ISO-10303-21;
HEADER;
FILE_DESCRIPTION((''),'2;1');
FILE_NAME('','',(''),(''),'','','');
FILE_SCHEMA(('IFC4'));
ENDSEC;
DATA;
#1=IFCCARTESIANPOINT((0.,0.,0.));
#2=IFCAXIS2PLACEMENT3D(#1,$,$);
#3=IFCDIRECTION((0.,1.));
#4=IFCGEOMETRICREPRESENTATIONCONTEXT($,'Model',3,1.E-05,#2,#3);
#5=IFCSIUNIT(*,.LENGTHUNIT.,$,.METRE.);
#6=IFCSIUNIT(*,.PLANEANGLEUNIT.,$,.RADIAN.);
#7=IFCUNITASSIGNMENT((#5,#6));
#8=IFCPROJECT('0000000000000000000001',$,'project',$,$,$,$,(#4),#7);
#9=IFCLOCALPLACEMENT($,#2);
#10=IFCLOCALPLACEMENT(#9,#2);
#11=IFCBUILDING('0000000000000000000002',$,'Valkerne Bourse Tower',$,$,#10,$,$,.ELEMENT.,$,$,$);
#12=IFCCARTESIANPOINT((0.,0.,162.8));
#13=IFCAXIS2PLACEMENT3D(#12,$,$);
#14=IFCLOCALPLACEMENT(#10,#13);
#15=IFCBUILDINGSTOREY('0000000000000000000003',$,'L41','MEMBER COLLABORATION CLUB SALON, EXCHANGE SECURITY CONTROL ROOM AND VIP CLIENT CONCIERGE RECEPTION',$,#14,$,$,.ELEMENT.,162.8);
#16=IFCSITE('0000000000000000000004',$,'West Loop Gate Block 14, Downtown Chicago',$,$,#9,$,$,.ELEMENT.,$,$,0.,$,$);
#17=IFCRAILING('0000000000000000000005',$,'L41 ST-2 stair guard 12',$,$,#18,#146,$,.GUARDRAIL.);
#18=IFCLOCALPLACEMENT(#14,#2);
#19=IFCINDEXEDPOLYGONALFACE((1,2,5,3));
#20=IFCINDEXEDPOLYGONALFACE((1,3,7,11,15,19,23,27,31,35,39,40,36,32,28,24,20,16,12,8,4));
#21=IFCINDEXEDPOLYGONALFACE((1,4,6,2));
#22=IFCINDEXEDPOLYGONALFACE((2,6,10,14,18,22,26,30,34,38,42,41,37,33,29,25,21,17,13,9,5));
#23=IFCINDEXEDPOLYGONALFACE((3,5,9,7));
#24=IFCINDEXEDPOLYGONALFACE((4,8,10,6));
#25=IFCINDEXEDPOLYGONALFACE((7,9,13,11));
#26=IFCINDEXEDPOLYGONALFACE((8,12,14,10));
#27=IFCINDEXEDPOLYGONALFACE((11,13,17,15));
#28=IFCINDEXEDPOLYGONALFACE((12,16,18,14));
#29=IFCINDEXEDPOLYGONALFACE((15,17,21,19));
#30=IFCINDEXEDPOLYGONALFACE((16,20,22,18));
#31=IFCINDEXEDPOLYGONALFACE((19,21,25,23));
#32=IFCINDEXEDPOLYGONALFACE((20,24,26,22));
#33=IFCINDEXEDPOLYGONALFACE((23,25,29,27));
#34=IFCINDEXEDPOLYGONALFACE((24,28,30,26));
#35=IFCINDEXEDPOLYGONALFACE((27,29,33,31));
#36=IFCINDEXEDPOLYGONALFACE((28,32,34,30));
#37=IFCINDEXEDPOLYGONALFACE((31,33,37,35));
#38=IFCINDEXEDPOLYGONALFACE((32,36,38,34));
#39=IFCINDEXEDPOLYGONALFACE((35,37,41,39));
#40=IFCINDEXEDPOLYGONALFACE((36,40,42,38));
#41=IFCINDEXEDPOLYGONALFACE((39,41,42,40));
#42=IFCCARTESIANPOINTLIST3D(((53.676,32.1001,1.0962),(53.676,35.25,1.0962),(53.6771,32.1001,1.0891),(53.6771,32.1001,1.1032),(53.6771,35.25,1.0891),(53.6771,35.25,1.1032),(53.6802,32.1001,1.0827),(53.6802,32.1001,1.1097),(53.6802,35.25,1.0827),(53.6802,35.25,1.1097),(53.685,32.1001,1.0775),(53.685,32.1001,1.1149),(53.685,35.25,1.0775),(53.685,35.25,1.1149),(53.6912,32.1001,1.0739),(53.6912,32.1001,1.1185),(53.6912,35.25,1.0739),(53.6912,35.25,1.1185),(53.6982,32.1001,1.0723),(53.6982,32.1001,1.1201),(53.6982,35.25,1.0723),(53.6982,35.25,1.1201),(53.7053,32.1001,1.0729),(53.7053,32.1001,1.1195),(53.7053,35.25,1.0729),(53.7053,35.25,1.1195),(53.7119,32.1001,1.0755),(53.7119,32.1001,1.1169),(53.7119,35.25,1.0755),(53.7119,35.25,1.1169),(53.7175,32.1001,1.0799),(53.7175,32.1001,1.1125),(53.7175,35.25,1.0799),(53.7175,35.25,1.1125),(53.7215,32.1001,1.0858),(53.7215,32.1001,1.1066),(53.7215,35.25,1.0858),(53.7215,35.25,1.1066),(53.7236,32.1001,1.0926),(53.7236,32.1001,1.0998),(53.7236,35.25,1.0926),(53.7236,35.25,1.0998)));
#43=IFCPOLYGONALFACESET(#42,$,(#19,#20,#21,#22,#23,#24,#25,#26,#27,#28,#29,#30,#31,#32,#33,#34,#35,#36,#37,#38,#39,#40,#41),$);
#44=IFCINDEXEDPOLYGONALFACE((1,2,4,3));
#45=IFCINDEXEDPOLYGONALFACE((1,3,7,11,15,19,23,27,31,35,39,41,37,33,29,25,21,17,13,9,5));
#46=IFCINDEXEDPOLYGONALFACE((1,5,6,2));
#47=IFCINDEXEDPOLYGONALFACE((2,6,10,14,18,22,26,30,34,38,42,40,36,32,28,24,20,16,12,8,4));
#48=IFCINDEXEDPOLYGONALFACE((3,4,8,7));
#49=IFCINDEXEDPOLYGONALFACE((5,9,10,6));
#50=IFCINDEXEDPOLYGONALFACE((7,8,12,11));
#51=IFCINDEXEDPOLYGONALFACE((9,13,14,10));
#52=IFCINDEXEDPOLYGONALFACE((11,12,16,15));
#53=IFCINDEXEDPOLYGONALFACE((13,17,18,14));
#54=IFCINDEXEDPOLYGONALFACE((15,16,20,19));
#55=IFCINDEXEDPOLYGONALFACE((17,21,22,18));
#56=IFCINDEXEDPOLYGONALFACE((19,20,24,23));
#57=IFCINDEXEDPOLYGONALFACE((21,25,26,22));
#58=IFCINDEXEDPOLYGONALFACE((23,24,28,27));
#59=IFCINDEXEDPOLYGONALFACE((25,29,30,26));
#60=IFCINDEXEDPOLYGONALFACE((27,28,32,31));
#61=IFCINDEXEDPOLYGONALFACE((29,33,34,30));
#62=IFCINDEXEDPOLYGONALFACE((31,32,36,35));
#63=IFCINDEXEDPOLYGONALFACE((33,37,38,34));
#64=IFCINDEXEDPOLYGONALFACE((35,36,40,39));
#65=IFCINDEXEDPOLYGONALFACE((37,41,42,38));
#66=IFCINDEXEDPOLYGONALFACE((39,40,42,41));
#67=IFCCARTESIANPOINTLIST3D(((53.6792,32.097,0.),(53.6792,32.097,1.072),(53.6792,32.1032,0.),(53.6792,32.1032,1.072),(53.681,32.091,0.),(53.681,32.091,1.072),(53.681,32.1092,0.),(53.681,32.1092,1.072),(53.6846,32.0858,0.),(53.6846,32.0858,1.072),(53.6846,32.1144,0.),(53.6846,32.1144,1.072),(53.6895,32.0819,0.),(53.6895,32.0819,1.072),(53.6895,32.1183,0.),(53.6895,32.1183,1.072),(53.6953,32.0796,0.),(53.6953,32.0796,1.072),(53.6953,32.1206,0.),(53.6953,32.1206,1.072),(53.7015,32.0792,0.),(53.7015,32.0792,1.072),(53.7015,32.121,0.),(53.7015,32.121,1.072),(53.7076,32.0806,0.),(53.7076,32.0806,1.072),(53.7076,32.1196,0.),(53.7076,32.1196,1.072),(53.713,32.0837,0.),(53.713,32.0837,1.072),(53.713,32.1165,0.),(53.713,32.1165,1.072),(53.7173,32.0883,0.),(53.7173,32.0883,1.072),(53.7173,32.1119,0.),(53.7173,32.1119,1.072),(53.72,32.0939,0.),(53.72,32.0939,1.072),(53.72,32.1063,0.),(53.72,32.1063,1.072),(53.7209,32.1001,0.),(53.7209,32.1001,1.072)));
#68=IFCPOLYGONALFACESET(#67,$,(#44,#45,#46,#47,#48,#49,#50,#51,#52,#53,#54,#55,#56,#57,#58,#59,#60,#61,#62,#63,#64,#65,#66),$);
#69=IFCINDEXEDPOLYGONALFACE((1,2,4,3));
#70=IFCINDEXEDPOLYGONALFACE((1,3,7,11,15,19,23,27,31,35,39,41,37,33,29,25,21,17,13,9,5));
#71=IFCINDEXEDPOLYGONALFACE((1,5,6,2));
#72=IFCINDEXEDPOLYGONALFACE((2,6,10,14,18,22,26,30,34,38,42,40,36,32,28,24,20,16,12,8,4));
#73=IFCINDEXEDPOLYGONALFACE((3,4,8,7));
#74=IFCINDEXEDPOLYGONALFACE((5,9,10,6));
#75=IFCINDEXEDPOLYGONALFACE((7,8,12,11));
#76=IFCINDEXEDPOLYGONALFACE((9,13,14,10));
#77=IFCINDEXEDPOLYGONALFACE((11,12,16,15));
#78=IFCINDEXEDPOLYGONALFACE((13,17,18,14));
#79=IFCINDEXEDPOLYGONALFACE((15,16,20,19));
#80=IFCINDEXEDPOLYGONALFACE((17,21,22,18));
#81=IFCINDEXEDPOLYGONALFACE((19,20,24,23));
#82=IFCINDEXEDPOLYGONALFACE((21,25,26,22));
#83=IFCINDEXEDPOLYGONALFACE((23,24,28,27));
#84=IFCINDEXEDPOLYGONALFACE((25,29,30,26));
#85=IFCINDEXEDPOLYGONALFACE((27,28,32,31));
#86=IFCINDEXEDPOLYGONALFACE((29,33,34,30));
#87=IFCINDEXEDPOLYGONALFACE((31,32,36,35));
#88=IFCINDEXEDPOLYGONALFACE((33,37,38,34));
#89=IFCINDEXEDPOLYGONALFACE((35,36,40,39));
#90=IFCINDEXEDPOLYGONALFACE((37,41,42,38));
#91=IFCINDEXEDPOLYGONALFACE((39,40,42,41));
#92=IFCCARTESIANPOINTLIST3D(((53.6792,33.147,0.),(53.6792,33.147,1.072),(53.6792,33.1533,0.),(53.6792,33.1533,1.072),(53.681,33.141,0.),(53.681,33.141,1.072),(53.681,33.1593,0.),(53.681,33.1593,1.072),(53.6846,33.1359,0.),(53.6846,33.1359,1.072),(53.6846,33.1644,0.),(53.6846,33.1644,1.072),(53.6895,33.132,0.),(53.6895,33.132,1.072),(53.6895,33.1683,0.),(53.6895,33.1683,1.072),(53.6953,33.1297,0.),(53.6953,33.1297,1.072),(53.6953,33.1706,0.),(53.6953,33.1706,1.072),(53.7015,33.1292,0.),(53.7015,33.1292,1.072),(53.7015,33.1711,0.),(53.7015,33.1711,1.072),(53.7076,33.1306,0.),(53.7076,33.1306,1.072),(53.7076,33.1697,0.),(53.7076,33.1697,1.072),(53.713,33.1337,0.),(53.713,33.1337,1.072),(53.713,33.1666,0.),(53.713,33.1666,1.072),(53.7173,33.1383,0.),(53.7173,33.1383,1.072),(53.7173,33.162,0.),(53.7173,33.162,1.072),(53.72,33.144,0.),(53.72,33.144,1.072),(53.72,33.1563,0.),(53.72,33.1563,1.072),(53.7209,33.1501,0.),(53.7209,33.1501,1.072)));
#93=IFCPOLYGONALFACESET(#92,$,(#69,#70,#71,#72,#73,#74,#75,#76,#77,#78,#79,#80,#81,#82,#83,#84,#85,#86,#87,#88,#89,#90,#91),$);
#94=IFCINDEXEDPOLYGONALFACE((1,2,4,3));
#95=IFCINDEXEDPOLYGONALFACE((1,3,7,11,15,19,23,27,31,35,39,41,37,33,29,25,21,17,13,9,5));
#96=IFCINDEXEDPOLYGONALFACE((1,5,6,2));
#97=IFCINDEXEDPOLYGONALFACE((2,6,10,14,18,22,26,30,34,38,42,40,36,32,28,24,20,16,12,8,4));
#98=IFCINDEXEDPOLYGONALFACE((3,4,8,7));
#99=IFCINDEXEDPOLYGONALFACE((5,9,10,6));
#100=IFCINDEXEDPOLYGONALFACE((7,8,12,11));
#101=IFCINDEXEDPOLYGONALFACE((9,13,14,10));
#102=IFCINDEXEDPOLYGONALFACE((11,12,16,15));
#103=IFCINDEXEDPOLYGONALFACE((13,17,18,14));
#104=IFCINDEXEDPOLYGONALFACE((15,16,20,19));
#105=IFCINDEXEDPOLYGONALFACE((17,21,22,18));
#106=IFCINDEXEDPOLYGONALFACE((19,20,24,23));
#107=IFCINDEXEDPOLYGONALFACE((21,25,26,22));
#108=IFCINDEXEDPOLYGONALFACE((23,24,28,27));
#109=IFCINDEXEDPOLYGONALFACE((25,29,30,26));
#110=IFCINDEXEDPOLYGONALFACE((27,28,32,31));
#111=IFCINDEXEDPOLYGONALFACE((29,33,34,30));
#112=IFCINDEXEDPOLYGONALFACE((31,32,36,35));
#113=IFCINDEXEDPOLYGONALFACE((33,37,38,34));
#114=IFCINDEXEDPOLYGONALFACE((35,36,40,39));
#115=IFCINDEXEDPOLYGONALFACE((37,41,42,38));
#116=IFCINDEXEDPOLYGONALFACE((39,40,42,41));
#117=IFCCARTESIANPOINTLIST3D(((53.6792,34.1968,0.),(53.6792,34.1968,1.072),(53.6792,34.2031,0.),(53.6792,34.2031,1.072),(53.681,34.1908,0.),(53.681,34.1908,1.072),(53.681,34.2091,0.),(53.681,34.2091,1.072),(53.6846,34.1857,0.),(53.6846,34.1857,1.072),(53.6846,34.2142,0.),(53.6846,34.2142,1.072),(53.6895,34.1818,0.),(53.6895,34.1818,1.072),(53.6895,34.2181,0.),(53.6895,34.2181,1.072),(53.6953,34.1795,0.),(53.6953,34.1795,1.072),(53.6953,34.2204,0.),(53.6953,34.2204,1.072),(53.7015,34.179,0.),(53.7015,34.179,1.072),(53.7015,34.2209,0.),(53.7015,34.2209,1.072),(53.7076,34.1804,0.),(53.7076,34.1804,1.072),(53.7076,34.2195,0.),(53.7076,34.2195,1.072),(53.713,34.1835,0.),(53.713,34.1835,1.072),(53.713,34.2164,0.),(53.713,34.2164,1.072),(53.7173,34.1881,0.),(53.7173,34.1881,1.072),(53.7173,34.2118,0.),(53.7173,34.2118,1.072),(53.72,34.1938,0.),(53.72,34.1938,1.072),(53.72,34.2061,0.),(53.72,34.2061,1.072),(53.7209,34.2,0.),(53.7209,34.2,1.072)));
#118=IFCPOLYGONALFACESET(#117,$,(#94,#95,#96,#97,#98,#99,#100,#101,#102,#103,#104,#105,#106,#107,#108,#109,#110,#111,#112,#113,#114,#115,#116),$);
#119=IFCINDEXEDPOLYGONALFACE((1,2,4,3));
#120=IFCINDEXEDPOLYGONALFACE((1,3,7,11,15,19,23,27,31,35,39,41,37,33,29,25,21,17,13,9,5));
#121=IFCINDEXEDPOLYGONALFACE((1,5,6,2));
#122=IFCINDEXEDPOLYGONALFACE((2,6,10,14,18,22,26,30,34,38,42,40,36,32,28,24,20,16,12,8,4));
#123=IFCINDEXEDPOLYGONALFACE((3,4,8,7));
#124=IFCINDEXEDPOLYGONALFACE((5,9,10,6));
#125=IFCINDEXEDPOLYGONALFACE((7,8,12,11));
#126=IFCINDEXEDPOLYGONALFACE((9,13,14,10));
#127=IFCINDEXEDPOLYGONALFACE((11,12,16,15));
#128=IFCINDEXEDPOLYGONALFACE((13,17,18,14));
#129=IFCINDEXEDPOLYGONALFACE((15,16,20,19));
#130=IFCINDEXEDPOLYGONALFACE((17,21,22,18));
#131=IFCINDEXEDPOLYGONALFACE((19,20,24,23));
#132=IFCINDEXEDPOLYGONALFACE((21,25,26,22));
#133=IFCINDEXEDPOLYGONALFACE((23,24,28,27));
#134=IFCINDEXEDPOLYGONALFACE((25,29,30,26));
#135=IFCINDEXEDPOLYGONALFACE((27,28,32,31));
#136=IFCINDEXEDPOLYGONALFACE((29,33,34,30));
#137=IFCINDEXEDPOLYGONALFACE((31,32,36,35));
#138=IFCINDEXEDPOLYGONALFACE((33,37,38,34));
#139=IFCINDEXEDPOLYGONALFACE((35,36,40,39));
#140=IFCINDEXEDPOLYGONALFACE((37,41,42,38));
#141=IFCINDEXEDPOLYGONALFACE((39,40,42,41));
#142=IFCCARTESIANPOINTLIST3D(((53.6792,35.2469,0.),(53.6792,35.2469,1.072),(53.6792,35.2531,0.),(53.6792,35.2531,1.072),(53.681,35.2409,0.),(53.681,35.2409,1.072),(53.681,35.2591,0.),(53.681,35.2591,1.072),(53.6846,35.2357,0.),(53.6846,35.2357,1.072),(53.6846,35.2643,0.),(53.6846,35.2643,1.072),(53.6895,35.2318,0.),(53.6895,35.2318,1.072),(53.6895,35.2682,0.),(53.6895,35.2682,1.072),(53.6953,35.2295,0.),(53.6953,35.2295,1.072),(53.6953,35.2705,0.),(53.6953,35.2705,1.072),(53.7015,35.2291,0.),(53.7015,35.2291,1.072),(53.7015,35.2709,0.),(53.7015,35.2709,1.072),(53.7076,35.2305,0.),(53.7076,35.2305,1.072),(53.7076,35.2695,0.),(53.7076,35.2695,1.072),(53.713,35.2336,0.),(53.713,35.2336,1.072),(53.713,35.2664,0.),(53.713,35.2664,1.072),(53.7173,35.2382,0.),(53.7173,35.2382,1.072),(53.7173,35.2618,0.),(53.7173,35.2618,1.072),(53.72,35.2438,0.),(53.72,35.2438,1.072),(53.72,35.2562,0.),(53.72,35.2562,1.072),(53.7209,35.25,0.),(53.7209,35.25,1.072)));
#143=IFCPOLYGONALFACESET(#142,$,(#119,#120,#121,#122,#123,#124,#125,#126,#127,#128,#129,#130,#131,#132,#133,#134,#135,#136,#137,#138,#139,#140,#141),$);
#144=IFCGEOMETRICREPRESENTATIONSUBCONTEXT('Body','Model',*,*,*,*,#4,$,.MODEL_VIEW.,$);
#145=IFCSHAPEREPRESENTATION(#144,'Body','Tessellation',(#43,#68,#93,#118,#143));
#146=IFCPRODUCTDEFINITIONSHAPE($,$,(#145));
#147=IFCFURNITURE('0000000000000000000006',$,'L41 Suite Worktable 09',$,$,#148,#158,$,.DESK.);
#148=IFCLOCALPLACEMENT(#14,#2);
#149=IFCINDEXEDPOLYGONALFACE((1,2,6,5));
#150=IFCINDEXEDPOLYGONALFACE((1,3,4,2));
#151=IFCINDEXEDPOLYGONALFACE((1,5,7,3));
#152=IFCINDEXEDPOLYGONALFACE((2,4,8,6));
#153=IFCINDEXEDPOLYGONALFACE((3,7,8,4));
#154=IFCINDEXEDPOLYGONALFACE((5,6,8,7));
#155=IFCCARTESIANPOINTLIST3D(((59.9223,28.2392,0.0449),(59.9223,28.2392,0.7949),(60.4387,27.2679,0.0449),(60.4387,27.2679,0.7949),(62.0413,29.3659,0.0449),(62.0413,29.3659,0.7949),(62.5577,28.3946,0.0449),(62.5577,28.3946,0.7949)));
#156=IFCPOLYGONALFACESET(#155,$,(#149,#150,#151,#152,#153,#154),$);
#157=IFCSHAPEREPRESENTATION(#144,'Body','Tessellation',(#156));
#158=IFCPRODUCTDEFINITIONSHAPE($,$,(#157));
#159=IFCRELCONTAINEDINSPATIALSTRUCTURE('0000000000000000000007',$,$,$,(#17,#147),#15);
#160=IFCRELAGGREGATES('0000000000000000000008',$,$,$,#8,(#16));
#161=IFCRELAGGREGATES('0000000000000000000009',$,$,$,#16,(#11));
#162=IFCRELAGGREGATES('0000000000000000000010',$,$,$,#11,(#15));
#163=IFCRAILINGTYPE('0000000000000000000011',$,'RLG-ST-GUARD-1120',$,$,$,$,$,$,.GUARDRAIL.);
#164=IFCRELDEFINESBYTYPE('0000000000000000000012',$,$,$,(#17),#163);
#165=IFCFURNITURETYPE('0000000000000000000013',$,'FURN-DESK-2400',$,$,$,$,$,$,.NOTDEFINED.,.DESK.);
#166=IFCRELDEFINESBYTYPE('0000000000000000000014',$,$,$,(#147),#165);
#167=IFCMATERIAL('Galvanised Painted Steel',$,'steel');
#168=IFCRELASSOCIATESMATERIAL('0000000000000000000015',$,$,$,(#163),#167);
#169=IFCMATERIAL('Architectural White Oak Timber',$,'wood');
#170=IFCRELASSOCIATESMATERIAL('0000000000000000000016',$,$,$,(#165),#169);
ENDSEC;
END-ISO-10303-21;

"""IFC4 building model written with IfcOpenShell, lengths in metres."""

from ifc_helpers import new_model, si_unit, direction, frame, origin, origin_2d, place, context, subcontext, project, spatial, rectangle, circle, extrude, material, type_object, element, save


model = new_model("IFC4")

# Units and contexts
model_context = context("Model", 3, precision=1e-05, world=origin(), true_north=direction((0.0, 1.0)))
body_context = subcontext(model_context, "Body", "Model", "MODEL_VIEW")
ifc_project = project(units=[si_unit("LENGTHUNIT", "METRE"), si_unit("PLANEANGLEUNIT", "RADIAN")], contexts=[model_context])

# Site, building, storey
site_placement = place(None, origin())
site = spatial("IfcSite", under=ifc_project, at=site_placement, Name="West Loop Gate Block 14, Downtown Chicago", CompositionType="ELEMENT", RefElevation=0.0)
building_placement = place(site_placement, origin())
building = spatial("IfcBuilding", under=site, at=building_placement, Name="Valkerne Bourse Tower", CompositionType="ELEMENT")
storey_placement = place(building_placement, frame((0.0, 0.0, 162.8)))
storey = spatial("IfcBuildingStorey", under=building, at=storey_placement, Name="L41", Description="MEMBER COLLABORATION CLUB SALON, EXCHANGE SECURITY CONTROL ROOM AND VIP CLIENT CONCIERGE RECEPTION", CompositionType="ELEMENT", Elevation=162.8)

# Railing
ifc_material_1 = material(Name="Galvanised Painted Steel", Category="steel")
railing_type = type_object("IfcRailingType", Name="RLG-ST-GUARD-1120", PredefinedType="GUARDRAIL", material=ifc_material_1)
railing_1_placement = place(storey_placement, frame((53.7, 32.1001, 0.0)))
element("IfcRailing", 1, at=railing_1_placement, inside=storey, type_object=railing_type, Name="L41 ST-2 stair guard 12", PredefinedType="GUARDRAIL", context=body_context, shape_type="SweptSolid", body=[
    extrude(circle(Radius=0.0239, at=origin_2d()), frame((0.0, 0.0, 1.0962), z_axis=(0.0, 1.0, 0.0), x_axis=(-1.0, 0.0, 0.0)), (0.0, 0.0, 1.0), 3.1499),
    extrude(circle(Radius=0.021, at=origin_2d()), origin(), (0.0, 0.0, 1.0), 1.072),
    extrude(circle(Radius=0.021, at=origin_2d()), frame((0.0, 1.05, 0.0)), (0.0, 0.0, 1.0), 1.072),
    extrude(circle(Radius=0.021, at=origin_2d()), frame((0.0, 2.0999, 0.0)), (0.0, 0.0, 1.0), 1.072),
    extrude(circle(Radius=0.021, at=origin_2d()), frame((0.0, 3.1499, 0.0)), (0.0, 0.0, 1.0), 1.072),
])

# Furniture
ifc_material_2 = material(Name="Architectural White Oak Timber", Category="wood")
furniture_type = type_object("IfcFurnitureType", Name="FURN-DESK-2400", AssemblyPlace="NOTDEFINED", PredefinedType="DESK", material=ifc_material_2)
furniture_placement = place(storey_placement, frame((61.24, 28.3169, 0.0449), z_axis=(0.0, 0.0, 1.0), x_axis=(0.882948, 0.469472, 0.0)))
element("IfcFurniture", 2, at=furniture_placement, inside=storey, type_object=furniture_type, Name="L41 Suite Worktable 09", PredefinedType="DESK", context=body_context, shape_type="SweptSolid", body=[
    extrude(rectangle(XDim=2.3999, YDim=1.1001, at=origin_2d()), origin(), (0.0, 0.0, 1.0), 0.75),
])

save(model, "model.ifc")
